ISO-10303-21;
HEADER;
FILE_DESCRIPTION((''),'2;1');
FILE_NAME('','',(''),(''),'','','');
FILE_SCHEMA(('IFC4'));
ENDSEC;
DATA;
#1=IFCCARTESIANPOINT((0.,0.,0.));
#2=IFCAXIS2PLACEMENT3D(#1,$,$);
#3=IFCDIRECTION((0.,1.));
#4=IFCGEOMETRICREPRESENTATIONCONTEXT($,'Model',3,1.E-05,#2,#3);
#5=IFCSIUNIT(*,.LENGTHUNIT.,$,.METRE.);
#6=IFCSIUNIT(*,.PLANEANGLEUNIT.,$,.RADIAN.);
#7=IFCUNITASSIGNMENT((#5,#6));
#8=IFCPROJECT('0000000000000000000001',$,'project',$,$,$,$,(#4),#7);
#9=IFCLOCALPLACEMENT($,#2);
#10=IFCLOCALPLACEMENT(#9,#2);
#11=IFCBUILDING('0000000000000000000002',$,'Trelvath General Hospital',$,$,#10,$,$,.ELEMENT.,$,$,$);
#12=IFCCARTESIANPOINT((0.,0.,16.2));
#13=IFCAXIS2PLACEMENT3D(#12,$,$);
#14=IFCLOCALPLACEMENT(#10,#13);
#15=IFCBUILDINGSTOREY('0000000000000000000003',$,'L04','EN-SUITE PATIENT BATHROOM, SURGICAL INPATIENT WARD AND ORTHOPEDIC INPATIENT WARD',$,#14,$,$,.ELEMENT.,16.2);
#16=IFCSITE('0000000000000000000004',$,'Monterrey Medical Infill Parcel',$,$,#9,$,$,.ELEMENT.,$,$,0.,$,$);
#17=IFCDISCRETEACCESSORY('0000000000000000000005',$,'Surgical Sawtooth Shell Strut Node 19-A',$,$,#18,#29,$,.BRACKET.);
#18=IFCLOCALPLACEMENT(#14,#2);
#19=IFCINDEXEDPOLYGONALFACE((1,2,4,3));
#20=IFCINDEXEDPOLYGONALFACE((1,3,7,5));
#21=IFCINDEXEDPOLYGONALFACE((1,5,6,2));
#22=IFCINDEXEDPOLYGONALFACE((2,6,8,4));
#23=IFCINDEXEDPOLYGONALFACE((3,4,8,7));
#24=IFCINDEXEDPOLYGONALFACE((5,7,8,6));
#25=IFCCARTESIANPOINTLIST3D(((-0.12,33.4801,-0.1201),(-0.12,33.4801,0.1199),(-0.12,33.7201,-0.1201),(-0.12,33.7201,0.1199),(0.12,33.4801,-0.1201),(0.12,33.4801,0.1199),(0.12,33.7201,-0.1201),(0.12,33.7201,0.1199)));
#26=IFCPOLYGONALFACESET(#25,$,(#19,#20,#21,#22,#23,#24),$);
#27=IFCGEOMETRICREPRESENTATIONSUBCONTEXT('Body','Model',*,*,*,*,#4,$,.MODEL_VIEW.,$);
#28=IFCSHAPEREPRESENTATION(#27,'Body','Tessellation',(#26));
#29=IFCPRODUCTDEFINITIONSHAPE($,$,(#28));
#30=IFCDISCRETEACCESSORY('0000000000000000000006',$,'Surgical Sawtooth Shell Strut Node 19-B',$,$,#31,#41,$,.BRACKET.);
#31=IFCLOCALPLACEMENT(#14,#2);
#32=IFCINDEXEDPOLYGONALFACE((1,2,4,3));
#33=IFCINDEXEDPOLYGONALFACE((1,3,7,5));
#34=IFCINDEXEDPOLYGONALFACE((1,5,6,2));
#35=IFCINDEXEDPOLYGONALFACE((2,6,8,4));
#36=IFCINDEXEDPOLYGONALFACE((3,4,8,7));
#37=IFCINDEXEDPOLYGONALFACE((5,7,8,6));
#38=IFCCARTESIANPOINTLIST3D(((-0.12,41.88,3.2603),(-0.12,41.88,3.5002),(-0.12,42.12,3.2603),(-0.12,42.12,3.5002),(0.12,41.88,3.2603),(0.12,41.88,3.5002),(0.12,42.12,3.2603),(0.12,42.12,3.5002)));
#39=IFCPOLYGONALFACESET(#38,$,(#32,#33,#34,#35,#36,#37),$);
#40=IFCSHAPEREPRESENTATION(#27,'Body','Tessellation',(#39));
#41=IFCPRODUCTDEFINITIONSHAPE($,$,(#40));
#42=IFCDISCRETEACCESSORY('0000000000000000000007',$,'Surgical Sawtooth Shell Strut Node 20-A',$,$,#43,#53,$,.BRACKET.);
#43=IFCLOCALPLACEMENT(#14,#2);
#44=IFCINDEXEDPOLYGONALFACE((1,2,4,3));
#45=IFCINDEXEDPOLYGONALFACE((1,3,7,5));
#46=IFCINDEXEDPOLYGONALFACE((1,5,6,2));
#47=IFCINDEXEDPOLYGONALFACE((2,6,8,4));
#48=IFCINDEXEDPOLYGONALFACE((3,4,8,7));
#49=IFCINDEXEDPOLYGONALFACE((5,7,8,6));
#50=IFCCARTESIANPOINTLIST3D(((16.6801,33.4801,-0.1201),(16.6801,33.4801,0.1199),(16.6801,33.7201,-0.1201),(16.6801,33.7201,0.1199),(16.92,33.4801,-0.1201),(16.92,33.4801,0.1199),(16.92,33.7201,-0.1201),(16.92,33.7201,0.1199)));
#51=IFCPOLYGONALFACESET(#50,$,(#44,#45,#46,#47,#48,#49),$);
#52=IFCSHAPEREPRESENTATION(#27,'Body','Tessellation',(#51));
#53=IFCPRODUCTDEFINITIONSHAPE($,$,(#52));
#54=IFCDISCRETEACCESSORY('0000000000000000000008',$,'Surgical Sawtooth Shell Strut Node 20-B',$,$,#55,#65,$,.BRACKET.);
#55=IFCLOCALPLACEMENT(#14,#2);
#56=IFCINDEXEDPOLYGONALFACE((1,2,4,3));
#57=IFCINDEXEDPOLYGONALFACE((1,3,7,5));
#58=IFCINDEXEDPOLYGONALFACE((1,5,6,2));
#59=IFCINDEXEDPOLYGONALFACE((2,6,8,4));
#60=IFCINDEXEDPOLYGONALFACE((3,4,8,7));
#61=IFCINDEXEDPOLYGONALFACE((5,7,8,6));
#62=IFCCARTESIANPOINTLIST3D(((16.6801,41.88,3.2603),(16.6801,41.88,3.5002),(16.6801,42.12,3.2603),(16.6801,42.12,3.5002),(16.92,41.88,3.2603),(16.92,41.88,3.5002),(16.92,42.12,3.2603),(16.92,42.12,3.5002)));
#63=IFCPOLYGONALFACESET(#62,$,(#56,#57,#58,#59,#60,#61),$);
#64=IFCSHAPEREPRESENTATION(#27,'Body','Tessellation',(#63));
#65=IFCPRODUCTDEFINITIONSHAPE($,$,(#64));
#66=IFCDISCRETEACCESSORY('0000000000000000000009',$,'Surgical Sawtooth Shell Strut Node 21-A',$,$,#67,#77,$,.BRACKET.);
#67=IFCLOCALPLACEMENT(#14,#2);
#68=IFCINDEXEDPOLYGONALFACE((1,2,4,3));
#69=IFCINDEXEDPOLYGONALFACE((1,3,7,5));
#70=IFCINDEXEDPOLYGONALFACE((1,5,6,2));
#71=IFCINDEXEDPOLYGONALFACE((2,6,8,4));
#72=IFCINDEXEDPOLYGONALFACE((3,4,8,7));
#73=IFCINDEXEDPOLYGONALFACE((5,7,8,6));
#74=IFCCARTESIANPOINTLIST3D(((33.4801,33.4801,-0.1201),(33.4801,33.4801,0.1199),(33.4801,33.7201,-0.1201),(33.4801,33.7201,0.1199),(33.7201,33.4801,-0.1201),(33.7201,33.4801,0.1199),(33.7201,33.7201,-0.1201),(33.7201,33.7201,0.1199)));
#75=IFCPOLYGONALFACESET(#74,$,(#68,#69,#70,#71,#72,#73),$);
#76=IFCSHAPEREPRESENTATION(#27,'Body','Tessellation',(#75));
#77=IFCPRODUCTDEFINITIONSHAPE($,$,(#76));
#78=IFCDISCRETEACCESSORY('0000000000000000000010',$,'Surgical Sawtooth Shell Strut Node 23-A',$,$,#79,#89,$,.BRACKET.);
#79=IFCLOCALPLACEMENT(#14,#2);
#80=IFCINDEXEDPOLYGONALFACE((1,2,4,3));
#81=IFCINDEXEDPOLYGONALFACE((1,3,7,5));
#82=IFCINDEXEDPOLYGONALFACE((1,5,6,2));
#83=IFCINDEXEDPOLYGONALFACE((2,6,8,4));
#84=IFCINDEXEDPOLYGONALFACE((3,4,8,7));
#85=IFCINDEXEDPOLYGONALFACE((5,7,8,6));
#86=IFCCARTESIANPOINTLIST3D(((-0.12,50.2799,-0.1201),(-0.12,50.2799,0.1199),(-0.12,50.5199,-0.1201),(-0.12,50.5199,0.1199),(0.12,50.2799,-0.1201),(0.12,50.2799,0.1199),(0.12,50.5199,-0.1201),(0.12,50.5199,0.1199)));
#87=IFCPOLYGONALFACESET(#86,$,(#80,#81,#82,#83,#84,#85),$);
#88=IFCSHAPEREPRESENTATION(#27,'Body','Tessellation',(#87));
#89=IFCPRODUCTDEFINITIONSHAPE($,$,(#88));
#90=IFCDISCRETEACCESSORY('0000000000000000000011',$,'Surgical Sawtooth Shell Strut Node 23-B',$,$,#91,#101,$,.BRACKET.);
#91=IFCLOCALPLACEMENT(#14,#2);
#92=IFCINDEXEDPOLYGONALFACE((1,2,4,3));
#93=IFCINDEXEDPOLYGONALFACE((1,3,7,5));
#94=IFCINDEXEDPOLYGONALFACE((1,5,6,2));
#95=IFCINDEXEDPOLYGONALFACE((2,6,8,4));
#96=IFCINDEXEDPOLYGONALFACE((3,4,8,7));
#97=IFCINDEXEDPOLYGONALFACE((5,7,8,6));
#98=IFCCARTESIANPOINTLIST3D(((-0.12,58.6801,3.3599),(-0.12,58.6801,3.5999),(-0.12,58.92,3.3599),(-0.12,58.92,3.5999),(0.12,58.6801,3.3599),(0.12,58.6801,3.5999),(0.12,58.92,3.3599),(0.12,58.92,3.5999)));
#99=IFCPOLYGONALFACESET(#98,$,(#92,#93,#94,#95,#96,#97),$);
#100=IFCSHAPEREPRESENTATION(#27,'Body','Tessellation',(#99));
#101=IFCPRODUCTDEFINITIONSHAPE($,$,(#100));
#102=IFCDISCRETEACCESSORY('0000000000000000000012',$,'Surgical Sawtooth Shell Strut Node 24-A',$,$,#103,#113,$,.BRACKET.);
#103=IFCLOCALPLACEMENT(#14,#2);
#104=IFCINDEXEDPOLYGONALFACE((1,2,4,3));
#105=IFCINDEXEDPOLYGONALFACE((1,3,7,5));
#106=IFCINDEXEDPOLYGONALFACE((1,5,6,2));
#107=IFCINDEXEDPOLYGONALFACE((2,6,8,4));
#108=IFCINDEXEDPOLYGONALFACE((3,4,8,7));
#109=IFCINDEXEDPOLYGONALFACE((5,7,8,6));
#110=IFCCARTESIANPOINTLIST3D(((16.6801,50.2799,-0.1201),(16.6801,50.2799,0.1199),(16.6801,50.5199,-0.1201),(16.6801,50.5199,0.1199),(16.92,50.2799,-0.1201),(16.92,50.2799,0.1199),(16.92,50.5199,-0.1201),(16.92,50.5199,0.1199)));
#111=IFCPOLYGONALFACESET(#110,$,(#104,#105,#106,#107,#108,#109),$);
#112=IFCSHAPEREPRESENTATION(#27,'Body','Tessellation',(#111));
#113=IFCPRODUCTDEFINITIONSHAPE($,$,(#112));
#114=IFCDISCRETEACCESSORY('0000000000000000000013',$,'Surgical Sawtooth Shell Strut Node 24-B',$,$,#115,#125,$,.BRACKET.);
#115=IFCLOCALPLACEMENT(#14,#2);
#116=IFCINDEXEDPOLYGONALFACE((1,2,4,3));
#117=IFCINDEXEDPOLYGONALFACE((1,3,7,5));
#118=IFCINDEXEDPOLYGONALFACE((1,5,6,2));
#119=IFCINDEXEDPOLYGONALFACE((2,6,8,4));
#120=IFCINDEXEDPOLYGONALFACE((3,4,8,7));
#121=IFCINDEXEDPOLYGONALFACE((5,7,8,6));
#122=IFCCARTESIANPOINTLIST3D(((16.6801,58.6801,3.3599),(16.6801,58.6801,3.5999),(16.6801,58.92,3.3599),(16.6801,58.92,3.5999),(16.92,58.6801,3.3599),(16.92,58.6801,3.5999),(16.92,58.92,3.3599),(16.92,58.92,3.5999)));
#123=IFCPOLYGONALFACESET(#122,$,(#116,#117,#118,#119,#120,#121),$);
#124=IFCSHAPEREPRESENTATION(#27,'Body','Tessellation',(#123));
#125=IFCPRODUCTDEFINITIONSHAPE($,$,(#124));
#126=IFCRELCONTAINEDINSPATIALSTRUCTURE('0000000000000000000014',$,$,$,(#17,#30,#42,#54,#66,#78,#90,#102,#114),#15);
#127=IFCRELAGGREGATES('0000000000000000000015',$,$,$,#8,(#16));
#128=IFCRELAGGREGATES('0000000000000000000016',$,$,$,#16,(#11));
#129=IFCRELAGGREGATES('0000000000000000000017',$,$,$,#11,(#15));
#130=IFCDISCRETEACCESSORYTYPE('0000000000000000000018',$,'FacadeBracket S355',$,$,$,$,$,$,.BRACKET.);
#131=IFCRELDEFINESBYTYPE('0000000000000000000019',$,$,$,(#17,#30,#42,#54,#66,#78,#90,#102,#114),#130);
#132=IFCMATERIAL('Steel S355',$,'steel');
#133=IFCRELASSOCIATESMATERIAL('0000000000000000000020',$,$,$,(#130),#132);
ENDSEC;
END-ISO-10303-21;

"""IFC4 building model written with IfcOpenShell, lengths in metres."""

from ifc_helpers import new_model, si_unit, direction, frame, origin, origin_2d, place, context, subcontext, project, spatial, rectangle, extrude, material, type_object, element, save


model = new_model("IFC4")

# Units and contexts
model_context = context("Model", 3, precision=1e-05, world=origin(), true_north=direction((0.0, 1.0)))
body_context = subcontext(model_context, "Body", "Model", "MODEL_VIEW")
ifc_project = project(units=[si_unit("LENGTHUNIT", "METRE"), si_unit("PLANEANGLEUNIT", "RADIAN")], contexts=[model_context])

# Site, building, storey
site_placement = place(None, origin())
site = spatial("IfcSite", under=ifc_project, at=site_placement, Name="Monterrey Medical Infill Parcel", CompositionType="ELEMENT", RefElevation=0.0)
building_placement = place(site_placement, origin())
building = spatial("IfcBuilding", under=site, at=building_placement, Name="Trelvath General Hospital", CompositionType="ELEMENT")
storey_placement = place(building_placement, frame((0.0, 0.0, 16.2)))
storey = spatial("IfcBuildingStorey", under=building, at=storey_placement, Name="L04", Description="EN-SUITE PATIENT BATHROOM, SURGICAL INPATIENT WARD AND ORTHOPEDIC INPATIENT WARD", CompositionType="ELEMENT", Elevation=16.2)

# Discrete accessories
ifc_material_1 = material(Name="Steel S355", Category="steel")
discrete_accessory_type = type_object("IfcDiscreteAccessoryType", Name="FacadeBracket S355", PredefinedType="BRACKET", material=ifc_material_1)
for number, where, z_axis, x_axis, name in (
    (1, (0.0, 33.6001, -0.1201), (0.0, 0.0, 1.0), (1.0, 0.0, 0.0), "Surgical Sawtooth Shell Strut Node 19-A"),
    (2, (0.0, 42.0, 3.2603), (0.0, 0.0, 1.0), (1.0, 0.0, 0.0), "Surgical Sawtooth Shell Strut Node 19-B"),
    (3, (16.8, 33.6001, -0.1201), (0.0, 0.0, 1.0), (1.0, 0.0, 0.0), "Surgical Sawtooth Shell Strut Node 20-A"),
    (4, (16.8, 42.0, 3.2603), (0.0, 0.0, 1.0), (1.0, 0.0, 0.0), "Surgical Sawtooth Shell Strut Node 20-B"),
    (5, (33.6001, 33.6001, -0.1201), (0.0, 0.0, 1.0), (1.0, 0.0, 0.0), "Surgical Sawtooth Shell Strut Node 21-A"),
    (6, (0.0, 50.3999, -0.1201), (0.0, 0.0, 1.0), (1.0, 0.0, 0.0), "Surgical Sawtooth Shell Strut Node 23-A"),
    (7, (0.0, 58.8, 3.3599), (0.0, 0.0, 1.0), (1.0, 0.0, 0.0), "Surgical Sawtooth Shell Strut Node 23-B"),
    (8, (16.8, 50.3999, -0.1201), (0.0, 0.0, 1.0), (1.0, 0.0, 0.0), "Surgical Sawtooth Shell Strut Node 24-A"),
    (9, (16.8, 58.8, 3.3599), (0.0, 0.0, 1.0), (1.0, 0.0, 0.0), "Surgical Sawtooth Shell Strut Node 24-B"),
):
    element("IfcDiscreteAccessory", number, at=place(storey_placement, frame(where, z_axis=z_axis, x_axis=x_axis)), inside=storey, type_object=discrete_accessory_type, Name=name, PredefinedType="BRACKET", context=body_context, shape_type="SweptSolid", body=[
        extrude(rectangle(XDim=0.24, YDim=0.24, at=origin_2d()), origin(), (0.0, 0.0, 1.0), 0.24),
    ])

save(model, "model.ifc")
